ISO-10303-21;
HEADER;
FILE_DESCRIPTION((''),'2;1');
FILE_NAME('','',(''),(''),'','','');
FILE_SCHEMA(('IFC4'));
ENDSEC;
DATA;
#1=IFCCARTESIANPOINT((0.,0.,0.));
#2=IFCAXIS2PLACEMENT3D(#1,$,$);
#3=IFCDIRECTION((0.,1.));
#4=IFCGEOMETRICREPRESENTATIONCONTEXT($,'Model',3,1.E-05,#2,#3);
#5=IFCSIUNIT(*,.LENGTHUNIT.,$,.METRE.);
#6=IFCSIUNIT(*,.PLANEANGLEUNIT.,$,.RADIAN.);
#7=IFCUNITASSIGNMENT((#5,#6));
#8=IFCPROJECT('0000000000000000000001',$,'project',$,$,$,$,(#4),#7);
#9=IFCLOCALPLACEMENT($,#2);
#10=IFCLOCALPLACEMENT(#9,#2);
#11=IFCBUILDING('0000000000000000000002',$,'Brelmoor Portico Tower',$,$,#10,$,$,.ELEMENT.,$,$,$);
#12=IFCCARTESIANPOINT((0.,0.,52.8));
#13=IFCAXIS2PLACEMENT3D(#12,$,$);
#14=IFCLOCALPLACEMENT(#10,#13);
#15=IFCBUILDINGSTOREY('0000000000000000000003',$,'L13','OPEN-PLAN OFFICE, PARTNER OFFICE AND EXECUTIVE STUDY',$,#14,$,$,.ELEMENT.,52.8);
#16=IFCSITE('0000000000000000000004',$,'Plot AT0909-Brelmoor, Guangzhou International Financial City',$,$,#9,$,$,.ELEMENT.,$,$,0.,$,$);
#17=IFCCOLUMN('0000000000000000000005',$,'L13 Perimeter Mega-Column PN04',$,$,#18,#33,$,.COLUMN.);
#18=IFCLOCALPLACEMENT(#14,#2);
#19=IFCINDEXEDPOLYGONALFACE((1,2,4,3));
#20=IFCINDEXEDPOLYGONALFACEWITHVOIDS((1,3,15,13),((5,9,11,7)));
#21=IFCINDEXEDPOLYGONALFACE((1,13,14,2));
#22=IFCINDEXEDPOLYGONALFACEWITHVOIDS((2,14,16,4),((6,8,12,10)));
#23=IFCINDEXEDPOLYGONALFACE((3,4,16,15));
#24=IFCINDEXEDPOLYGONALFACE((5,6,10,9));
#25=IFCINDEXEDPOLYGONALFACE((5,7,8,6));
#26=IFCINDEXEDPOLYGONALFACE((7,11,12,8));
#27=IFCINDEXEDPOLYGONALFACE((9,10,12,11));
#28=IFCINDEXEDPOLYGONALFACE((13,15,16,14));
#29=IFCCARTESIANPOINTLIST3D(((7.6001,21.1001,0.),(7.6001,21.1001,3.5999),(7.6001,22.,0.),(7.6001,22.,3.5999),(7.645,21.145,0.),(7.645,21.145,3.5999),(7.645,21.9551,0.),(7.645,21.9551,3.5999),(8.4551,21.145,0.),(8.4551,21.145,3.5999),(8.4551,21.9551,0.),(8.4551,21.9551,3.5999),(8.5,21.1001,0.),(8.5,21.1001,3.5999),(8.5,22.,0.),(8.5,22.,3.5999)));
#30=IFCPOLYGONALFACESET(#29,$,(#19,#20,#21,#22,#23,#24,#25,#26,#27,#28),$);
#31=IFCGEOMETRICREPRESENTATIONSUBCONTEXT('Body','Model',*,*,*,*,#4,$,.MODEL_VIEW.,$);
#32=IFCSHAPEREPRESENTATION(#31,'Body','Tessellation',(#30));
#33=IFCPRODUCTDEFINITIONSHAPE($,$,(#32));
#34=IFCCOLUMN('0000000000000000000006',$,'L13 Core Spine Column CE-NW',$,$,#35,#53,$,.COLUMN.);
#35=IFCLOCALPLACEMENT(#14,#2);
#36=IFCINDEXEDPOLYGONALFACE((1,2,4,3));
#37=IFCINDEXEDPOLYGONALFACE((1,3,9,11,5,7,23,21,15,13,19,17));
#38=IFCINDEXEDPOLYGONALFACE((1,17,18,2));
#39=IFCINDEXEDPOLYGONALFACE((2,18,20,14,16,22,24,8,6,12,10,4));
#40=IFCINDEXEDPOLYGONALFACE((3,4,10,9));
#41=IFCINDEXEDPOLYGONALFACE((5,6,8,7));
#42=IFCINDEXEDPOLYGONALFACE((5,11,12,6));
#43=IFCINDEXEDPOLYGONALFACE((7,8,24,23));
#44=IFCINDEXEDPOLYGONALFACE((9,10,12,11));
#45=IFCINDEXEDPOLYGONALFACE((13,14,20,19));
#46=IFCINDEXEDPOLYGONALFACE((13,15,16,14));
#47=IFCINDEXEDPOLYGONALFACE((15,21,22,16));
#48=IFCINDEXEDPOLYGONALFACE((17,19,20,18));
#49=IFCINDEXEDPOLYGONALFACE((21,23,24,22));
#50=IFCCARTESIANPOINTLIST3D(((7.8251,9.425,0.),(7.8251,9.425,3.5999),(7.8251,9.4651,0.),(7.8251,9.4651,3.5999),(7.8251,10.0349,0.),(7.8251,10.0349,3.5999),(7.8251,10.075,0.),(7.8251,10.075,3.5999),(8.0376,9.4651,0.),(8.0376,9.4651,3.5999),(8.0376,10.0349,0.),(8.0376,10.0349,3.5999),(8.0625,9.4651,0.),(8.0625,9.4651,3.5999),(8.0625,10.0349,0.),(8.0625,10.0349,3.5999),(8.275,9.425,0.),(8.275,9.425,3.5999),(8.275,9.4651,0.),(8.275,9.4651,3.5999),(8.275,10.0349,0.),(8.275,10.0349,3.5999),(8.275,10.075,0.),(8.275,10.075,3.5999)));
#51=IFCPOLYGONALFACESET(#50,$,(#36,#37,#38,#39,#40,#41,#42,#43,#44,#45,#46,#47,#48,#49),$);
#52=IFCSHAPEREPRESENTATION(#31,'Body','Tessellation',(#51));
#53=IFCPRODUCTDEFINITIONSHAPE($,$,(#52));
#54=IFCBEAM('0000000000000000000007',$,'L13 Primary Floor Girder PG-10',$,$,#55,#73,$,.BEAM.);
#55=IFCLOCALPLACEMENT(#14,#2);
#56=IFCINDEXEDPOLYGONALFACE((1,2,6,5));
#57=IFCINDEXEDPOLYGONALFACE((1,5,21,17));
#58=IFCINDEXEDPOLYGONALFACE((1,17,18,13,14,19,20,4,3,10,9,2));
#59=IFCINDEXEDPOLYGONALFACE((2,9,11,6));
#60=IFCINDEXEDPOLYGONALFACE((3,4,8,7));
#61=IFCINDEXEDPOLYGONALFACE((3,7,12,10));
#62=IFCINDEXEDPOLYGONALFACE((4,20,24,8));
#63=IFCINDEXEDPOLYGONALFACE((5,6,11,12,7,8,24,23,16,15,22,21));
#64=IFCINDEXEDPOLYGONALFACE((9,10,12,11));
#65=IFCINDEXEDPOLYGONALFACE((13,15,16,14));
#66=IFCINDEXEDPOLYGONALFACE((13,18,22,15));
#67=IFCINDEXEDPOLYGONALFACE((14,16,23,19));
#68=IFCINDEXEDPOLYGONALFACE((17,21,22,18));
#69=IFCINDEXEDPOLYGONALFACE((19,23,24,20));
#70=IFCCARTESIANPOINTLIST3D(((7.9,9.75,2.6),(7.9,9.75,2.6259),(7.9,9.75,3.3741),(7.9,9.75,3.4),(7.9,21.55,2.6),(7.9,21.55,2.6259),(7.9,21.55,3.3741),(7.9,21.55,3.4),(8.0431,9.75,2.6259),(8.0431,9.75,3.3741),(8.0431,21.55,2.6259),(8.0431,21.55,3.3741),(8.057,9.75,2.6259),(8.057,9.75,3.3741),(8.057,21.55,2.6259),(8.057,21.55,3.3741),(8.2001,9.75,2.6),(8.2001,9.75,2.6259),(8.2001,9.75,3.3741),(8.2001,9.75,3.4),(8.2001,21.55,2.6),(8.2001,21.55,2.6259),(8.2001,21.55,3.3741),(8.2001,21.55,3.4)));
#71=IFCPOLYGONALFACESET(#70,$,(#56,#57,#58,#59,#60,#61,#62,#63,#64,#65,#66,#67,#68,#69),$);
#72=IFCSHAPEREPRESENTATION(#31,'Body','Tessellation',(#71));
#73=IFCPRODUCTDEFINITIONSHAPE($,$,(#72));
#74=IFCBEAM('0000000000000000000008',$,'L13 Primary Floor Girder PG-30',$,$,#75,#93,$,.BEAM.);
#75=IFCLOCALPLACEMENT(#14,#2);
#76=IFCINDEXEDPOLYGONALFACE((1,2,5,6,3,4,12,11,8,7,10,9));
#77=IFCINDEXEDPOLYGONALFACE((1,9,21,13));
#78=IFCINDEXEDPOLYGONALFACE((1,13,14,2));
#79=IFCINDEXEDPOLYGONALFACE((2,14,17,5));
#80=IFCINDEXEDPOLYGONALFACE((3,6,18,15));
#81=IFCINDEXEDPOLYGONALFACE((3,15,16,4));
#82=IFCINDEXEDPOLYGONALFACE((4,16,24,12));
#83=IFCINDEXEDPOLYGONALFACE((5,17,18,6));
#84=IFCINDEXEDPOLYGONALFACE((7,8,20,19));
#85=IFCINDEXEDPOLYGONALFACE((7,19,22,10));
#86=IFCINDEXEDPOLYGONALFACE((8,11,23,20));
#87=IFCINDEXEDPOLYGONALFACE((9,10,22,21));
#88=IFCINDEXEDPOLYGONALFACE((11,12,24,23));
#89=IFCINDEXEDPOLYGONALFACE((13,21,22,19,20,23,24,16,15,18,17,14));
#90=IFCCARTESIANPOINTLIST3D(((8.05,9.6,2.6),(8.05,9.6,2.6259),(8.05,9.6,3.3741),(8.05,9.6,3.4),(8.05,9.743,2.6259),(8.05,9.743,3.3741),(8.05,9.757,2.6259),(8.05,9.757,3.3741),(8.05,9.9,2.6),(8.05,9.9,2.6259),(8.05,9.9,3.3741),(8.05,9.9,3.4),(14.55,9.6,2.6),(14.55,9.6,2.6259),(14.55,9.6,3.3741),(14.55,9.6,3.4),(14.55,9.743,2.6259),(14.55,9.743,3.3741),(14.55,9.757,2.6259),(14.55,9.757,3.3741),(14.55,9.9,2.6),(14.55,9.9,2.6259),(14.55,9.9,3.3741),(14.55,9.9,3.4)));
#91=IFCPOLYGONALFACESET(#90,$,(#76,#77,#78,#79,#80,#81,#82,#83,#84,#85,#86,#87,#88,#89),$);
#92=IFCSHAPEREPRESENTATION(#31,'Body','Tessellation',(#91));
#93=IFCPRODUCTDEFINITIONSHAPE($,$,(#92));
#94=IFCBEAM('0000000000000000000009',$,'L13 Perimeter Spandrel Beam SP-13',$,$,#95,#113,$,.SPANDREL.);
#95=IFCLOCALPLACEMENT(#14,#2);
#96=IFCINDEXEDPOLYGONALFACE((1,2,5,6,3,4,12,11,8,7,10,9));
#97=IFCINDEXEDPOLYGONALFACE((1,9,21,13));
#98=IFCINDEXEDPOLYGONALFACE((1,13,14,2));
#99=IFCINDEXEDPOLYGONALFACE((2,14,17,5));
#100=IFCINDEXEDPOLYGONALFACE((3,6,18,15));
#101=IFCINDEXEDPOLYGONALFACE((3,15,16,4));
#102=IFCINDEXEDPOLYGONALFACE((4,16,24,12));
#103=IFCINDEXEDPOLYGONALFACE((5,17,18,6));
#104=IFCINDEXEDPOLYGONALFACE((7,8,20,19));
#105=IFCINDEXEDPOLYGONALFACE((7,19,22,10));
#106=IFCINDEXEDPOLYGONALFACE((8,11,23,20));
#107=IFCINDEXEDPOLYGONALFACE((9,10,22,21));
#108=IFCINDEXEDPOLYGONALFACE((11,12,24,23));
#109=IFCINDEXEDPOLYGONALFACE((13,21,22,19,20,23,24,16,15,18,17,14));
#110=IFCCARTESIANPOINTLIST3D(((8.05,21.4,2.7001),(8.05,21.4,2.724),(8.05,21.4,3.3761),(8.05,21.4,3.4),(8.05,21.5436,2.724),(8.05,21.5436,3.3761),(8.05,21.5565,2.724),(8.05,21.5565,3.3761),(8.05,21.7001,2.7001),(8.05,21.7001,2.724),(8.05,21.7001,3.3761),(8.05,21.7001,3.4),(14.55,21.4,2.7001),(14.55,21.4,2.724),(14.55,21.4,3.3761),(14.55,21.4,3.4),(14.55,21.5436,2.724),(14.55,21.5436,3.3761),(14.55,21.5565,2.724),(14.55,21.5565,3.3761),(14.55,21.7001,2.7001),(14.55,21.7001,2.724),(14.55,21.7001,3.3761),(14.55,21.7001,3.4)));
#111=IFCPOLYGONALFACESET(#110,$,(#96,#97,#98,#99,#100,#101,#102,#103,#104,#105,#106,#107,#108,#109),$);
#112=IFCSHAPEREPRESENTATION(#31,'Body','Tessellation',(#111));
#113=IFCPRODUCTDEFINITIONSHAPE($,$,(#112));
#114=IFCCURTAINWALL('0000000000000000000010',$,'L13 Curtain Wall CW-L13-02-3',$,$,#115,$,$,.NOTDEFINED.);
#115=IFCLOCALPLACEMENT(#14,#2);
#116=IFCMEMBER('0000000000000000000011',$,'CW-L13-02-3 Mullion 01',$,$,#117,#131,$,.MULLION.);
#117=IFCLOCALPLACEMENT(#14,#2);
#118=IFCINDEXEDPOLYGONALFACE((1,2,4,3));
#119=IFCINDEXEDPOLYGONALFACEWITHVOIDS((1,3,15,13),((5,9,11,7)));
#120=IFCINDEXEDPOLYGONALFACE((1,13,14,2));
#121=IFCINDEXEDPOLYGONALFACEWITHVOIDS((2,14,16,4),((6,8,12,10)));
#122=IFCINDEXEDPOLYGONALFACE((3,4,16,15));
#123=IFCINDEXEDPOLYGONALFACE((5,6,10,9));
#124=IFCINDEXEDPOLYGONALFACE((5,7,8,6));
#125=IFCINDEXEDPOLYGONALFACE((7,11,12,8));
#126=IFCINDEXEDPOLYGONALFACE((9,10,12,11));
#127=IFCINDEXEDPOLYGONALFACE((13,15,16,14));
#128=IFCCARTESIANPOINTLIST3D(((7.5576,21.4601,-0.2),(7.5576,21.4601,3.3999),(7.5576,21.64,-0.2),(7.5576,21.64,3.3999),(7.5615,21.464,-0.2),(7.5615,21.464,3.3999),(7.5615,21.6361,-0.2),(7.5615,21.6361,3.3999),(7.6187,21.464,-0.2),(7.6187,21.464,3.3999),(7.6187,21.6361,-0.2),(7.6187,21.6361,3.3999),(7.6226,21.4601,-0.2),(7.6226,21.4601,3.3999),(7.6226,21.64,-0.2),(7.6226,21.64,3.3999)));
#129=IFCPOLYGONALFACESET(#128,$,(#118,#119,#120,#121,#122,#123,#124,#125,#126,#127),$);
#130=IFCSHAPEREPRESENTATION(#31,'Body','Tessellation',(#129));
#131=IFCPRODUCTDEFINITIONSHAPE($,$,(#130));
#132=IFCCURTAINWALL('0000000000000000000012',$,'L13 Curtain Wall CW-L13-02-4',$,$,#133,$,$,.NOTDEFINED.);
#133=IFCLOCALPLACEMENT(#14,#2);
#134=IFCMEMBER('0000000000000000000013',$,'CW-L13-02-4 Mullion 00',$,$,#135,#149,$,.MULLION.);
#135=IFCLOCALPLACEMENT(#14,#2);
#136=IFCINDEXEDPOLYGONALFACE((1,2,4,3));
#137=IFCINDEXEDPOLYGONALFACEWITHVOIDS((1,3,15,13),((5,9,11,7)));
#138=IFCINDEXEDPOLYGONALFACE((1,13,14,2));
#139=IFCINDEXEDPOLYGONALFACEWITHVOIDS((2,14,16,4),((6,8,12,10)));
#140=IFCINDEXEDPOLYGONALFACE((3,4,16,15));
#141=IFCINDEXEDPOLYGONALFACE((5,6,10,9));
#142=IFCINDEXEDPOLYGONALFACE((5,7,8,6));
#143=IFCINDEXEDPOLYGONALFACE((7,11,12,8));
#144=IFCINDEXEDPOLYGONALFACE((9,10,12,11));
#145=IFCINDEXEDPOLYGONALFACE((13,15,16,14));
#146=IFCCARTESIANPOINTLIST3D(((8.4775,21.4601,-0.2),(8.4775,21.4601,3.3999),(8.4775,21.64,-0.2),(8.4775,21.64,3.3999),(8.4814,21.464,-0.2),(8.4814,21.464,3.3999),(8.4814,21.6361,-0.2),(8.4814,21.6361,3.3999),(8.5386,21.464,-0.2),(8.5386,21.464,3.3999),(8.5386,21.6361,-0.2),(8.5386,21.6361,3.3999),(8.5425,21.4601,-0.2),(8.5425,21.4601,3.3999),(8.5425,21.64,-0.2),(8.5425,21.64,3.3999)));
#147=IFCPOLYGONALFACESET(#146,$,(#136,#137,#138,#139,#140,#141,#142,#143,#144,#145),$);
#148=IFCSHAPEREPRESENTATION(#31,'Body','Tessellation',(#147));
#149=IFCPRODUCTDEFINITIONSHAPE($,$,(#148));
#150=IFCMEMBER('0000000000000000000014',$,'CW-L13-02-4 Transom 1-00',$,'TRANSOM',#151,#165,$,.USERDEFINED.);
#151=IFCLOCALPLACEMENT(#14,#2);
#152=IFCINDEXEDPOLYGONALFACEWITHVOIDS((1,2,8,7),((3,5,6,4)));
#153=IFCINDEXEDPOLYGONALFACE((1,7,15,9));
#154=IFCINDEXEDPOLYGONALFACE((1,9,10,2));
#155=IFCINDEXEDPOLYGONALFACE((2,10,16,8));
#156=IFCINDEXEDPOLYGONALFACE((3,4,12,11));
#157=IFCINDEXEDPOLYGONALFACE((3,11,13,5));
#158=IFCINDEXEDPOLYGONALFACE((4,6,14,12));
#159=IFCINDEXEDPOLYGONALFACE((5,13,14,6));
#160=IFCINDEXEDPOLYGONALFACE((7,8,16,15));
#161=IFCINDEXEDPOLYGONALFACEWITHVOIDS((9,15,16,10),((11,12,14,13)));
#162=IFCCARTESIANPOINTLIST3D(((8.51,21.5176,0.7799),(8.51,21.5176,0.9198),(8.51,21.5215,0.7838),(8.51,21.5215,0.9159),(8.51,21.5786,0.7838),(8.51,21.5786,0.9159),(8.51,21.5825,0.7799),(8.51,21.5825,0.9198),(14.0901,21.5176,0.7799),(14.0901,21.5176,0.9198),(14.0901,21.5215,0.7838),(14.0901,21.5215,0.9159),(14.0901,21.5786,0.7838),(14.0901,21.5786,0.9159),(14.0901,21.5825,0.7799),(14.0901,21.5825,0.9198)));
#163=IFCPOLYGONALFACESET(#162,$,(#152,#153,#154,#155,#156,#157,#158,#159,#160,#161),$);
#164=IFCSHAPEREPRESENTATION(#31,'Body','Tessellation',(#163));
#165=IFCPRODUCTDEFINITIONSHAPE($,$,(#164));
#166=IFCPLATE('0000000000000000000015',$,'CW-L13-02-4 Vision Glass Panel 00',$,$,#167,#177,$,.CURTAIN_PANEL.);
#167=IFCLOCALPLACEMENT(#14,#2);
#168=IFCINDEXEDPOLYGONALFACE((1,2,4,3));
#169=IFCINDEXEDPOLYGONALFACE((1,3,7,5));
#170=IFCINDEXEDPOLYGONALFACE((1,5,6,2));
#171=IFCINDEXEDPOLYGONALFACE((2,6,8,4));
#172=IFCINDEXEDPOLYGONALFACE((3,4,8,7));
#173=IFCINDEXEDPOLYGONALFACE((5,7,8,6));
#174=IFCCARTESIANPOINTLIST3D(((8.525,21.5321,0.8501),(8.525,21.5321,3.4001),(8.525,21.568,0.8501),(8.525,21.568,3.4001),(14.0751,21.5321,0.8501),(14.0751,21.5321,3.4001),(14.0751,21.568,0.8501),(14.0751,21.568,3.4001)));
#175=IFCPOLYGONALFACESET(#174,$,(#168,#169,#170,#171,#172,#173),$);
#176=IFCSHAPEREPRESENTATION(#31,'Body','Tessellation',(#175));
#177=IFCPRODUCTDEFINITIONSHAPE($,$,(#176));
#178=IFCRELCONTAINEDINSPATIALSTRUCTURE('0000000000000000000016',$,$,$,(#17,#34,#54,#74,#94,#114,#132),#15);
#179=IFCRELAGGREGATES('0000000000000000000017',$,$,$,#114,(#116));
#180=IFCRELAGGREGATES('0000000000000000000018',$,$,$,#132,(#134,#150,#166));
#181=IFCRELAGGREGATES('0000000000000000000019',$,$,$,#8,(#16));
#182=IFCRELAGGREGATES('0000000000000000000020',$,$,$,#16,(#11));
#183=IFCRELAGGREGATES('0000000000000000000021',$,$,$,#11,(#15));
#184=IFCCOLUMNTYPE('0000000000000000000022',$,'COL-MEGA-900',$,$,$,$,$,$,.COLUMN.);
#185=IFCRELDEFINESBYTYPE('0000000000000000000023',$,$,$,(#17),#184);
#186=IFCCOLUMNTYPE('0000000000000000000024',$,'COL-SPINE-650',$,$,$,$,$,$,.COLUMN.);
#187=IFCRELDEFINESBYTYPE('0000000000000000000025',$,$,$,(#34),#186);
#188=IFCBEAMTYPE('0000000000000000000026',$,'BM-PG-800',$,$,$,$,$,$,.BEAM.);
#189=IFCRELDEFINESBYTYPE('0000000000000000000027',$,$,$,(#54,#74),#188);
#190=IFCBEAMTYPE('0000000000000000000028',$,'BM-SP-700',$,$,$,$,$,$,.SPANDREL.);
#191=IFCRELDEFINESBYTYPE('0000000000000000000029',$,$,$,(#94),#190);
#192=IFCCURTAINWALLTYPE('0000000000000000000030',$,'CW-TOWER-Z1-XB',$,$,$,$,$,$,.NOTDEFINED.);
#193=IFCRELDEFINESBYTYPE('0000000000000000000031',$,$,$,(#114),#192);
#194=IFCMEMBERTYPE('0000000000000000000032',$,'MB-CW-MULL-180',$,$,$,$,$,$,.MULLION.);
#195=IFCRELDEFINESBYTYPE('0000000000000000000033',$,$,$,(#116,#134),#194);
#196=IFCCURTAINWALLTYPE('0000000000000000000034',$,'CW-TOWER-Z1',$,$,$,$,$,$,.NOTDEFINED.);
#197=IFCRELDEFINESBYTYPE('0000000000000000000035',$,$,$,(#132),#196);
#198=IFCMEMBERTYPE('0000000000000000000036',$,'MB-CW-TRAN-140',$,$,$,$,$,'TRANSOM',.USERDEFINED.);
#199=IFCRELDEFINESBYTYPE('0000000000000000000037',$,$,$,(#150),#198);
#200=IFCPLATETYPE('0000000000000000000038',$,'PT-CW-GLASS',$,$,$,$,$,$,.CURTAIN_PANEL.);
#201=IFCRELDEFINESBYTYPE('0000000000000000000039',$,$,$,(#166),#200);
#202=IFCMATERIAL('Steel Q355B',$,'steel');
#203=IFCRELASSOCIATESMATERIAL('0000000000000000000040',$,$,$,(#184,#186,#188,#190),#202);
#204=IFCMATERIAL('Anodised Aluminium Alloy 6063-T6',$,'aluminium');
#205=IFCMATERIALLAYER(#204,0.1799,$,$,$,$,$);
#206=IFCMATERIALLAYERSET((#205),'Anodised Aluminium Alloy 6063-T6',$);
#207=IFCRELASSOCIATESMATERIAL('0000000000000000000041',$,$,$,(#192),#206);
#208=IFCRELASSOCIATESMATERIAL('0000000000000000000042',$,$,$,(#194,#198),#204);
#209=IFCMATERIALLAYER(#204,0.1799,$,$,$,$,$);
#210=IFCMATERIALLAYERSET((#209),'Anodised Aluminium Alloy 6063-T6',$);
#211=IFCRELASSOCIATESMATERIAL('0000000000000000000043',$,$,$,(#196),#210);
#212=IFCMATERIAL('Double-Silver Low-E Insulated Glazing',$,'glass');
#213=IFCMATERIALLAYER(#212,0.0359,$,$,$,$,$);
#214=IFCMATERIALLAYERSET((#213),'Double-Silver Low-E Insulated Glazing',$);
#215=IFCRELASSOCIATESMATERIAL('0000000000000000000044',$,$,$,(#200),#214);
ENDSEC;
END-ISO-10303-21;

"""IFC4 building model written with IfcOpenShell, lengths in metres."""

from ifc_helpers import new_model, si_unit, direction, frame, origin, origin_2d, place, context, subcontext, project, spatial, rectangle, hollow_rectangle, i_section, extrude, material, layer, layer_set, material_profile, profile_set, type_object, element, aggregate, save


model = new_model("IFC4")

# Units and contexts
model_context = context("Model", 3, precision=1e-05, world=origin(), true_north=direction((0.0, 1.0)))
body_context = subcontext(model_context, "Body", "Model", "MODEL_VIEW")
ifc_project = project(units=[si_unit("LENGTHUNIT", "METRE"), si_unit("PLANEANGLEUNIT", "RADIAN")], contexts=[model_context])

# Site, building, storey
site_placement = place(None, origin())
site = spatial("IfcSite", under=ifc_project, at=site_placement, Name="Plot AT0909-Brelmoor, Guangzhou International Financial City", CompositionType="ELEMENT", RefElevation=0.0)
building_placement = place(site_placement, origin())
building = spatial("IfcBuilding", under=site, at=building_placement, Name="Brelmoor Portico Tower", CompositionType="ELEMENT")
storey_placement = place(building_placement, frame((0.0, 0.0, 52.8)))
storey = spatial("IfcBuildingStorey", under=building, at=storey_placement, Name="L13", Description="OPEN-PLAN OFFICE, PARTNER OFFICE AND EXECUTIVE STUDY", CompositionType="ELEMENT", Elevation=52.8)

# Columns
ifc_material_1 = material(Name="Steel Q355B", Category="steel")
ifc_material_profile_1 = material_profile(ifc_material_1, hollow_rectangle(XDim=0.8999, YDim=0.8999, WallThickness=0.0449, at=origin_2d()), Name="BOX 900x900x45")
ifc_profile_set_1 = profile_set([ifc_material_profile_1], Name="Steel Q355B")
column_type_1 = type_object("IfcColumnType", Name="COL-MEGA-900", PredefinedType="COLUMN", material=ifc_profile_set_1)
column_1_placement = place(storey_placement, frame((8.05, 21.55, 0.0), z_axis=(0.0, 0.0, 1.0), x_axis=(1.0, 0.0, 0.0)))
element("IfcColumn", 1, at=column_1_placement, inside=storey, type_object=column_type_1, Name="L13 Perimeter Mega-Column PN04", PredefinedType="COLUMN", context=body_context, shape_type="SweptSolid", body=[
    extrude(hollow_rectangle(XDim=0.8999, YDim=0.8999, WallThickness=0.0449, at=origin_2d()), origin(), (0.0, 0.0, 1.0), 3.5999),
])
ifc_material_profile_2 = material_profile(ifc_material_1, i_section(OverallWidth=0.45, OverallDepth=0.6499, WebThickness=0.0249, FlangeThickness=0.04, at=origin_2d()), Name="HW 650x450x25x40")
ifc_profile_set_2 = profile_set([ifc_material_profile_2], Name="Steel Q355B")
column_type_2 = type_object("IfcColumnType", Name="COL-SPINE-650", PredefinedType="COLUMN", material=ifc_profile_set_2)
column_2_placement = place(storey_placement, frame((8.05, 9.75, 0.0), z_axis=(0.0, 0.0, 1.0), x_axis=(1.0, 0.0, 0.0)))
element("IfcColumn", 2, at=column_2_placement, inside=storey, type_object=column_type_2, Name="L13 Core Spine Column CE-NW", PredefinedType="COLUMN", context=body_context, shape_type="SweptSolid", body=[
    extrude(i_section(OverallWidth=0.45, OverallDepth=0.6499, WebThickness=0.0249, FlangeThickness=0.04, at=origin_2d()), origin(), (0.0, 0.0, 1.0), 3.5999),
])

# Beams
ifc_material_profile_3 = material_profile(ifc_material_1, i_section(OverallWidth=0.3, OverallDepth=0.8, WebThickness=0.0139, FlangeThickness=0.0259, at=origin_2d()), Name="HN 800x300x14x26")
ifc_profile_set_3 = profile_set([ifc_material_profile_3], Name="Steel Q355B")
beam_type_1 = type_object("IfcBeamType", Name="BM-PG-800", PredefinedType="BEAM", material=ifc_profile_set_3)
beam_1_placement = place(storey_placement, frame((8.05, 9.75, 3.0), z_axis=(0.0, 1.0, 0.0), x_axis=(-1.0, 0.0, 0.0)))
element("IfcBeam", 3, at=beam_1_placement, inside=storey, type_object=beam_type_1, Name="L13 Primary Floor Girder PG-10", PredefinedType="BEAM", context=body_context, shape_type="SweptSolid", body=[
    extrude(i_section(OverallWidth=0.3, OverallDepth=0.8, WebThickness=0.0139, FlangeThickness=0.0259, at=origin_2d()), origin(), (0.0, 0.0, 1.0), 11.8),
])
beam_2_placement = place(storey_placement, frame((8.05, 9.75, 3.0), z_axis=(1.0, 0.0, 0.0), x_axis=(0.0, 1.0, 0.0)))
element("IfcBeam", 4, at=beam_2_placement, inside=storey, type_object=beam_type_1, Name="L13 Primary Floor Girder PG-30", PredefinedType="BEAM", context=body_context, shape_type="SweptSolid", body=[
    extrude(i_section(OverallWidth=0.3, OverallDepth=0.8, WebThickness=0.0139, FlangeThickness=0.0259, at=origin_2d()), origin(), (0.0, 0.0, 1.0), 6.5),
])
ifc_material_profile_4 = material_profile(ifc_material_1, i_section(OverallWidth=0.3, OverallDepth=0.7, WebThickness=0.0129, FlangeThickness=0.0239, at=origin_2d()), Name="HN 700x300x13x24")
ifc_profile_set_4 = profile_set([ifc_material_profile_4], Name="Steel Q355B")
beam_type_2 = type_object("IfcBeamType", Name="BM-SP-700", PredefinedType="SPANDREL", material=ifc_profile_set_4)
beam_3_placement = place(storey_placement, frame((8.05, 21.55, 3.05), z_axis=(1.0, 0.0, 0.0), x_axis=(0.0, 1.0, 0.0)))
element("IfcBeam", 5, at=beam_3_placement, inside=storey, type_object=beam_type_2, Name="L13 Perimeter Spandrel Beam SP-13", PredefinedType="SPANDREL", context=body_context, shape_type="SweptSolid", body=[
    extrude(i_section(OverallWidth=0.3, OverallDepth=0.7, WebThickness=0.0129, FlangeThickness=0.0239, at=origin_2d()), origin(), (0.0, 0.0, 1.0), 6.5),
])

# Curtain wall, member
ifc_material_2 = material(Name="Anodised Aluminium Alloy 6063-T6", Category="aluminium")
ifc_layer_1 = layer(ifc_material_2, 0.1799)
ifc_layer_set_1 = layer_set([ifc_layer_1], Name="Anodised Aluminium Alloy 6063-T6")
curtain_wall_type_1 = type_object("IfcCurtainWallType", Name="CW-TOWER-Z1-XB", PredefinedType="NOTDEFINED", material=ifc_layer_set_1)
curtain_wall_1_placement = place(storey_placement, origin())
curtain_wall_1 = element("IfcCurtainWall", 6, at=curtain_wall_1_placement, inside=storey, type_object=curtain_wall_type_1, Name="L13 Curtain Wall CW-L13-02-3", PredefinedType="NOTDEFINED")
ifc_material_profile_5 = material_profile(ifc_material_2, hollow_rectangle(XDim=0.0649, YDim=0.1799, WallThickness=0.0039, at=origin_2d()), Name="ALU MULLION 65x180")
ifc_profile_set_5 = profile_set([ifc_material_profile_5], Name="Anodised Aluminium Alloy 6063-T6")
member_type_1 = type_object("IfcMemberType", Name="MB-CW-MULL-180", PredefinedType="MULLION", material=ifc_profile_set_5)
member_1_placement = place(storey_placement, frame((7.5901, 21.55, -0.2), z_axis=(0.0, 0.0, 1.0), x_axis=(1.0, 0.0, 0.0)))
member_1 = element("IfcMember", 7, at=member_1_placement, type_object=member_type_1, Name="CW-L13-02-3 Mullion 01", PredefinedType="MULLION", context=body_context, shape_type="SweptSolid", body=[
    extrude(hollow_rectangle(XDim=0.0649, YDim=0.1799, WallThickness=0.0039, at=origin_2d()), origin(), (0.0, 0.0, 1.0), 3.5999),
])

# Curtain wall, members, plate
ifc_layer_2 = layer(ifc_material_2, 0.1799)
ifc_layer_set_2 = layer_set([ifc_layer_2], Name="Anodised Aluminium Alloy 6063-T6")
curtain_wall_type_2 = type_object("IfcCurtainWallType", Name="CW-TOWER-Z1", PredefinedType="NOTDEFINED", material=ifc_layer_set_2)
curtain_wall_2_placement = place(storey_placement, origin())
curtain_wall_2 = element("IfcCurtainWall", 8, at=curtain_wall_2_placement, inside=storey, type_object=curtain_wall_type_2, Name="L13 Curtain Wall CW-L13-02-4", PredefinedType="NOTDEFINED")
member_2_placement = place(storey_placement, frame((8.51, 21.55, -0.2), z_axis=(0.0, 0.0, 1.0), x_axis=(1.0, 0.0, 0.0)))
member_2 = element("IfcMember", 9, at=member_2_placement, type_object=member_type_1, Name="CW-L13-02-4 Mullion 00", PredefinedType="MULLION", context=body_context, shape_type="SweptSolid", body=[
    extrude(hollow_rectangle(XDim=0.0649, YDim=0.1799, WallThickness=0.0039, at=origin_2d()), origin(), (0.0, 0.0, 1.0), 3.5999),
])
ifc_material_profile_6 = material_profile(ifc_material_2, hollow_rectangle(XDim=0.0649, YDim=0.1399, WallThickness=0.0039, at=origin_2d()), Name="ALU TRANSOM 65x140")
ifc_profile_set_6 = profile_set([ifc_material_profile_6], Name="Anodised Aluminium Alloy 6063-T6")
member_type_2 = type_object("IfcMemberType", Name="MB-CW-TRAN-140", ElementType="TRANSOM", PredefinedType="USERDEFINED", material=ifc_profile_set_6)
member_3_placement = place(storey_placement, frame((8.51, 21.55, 0.8499), z_axis=(1.0, 0.0, 0.0), x_axis=(0.0, 1.0, 0.0)))
member_3 = element("IfcMember", 10, at=member_3_placement, type_object=member_type_2, Name="CW-L13-02-4 Transom 1-00", ObjectType="TRANSOM", PredefinedType="USERDEFINED", context=body_context, shape_type="SweptSolid", body=[
    extrude(hollow_rectangle(XDim=0.0649, YDim=0.1399, WallThickness=0.0039, at=origin_2d()), origin(), (0.0, 0.0, 1.0), 5.5801),
])
ifc_material_3 = material(Name="Double-Silver Low-E Insulated Glazing", Category="glass")
ifc_layer_3 = layer(ifc_material_3, 0.0359)
ifc_layer_set_3 = layer_set([ifc_layer_3], Name="Double-Silver Low-E Insulated Glazing")
plate_type_1 = type_object("IfcPlateType", Name="PT-CW-GLASS", PredefinedType="CURTAIN_PANEL", material=ifc_layer_set_3)
plate_1_placement = place(storey_placement, frame((11.3, 21.55, 0.8501), z_axis=(0.0, 0.0, 1.0), x_axis=(1.0, 0.0, 0.0)))
plate_1 = element("IfcPlate", 11, at=plate_1_placement, type_object=plate_type_1, Name="CW-L13-02-4 Vision Glass Panel 00", PredefinedType="CURTAIN_PANEL", context=body_context, shape_type="SweptSolid", body=[
    extrude(rectangle(XDim=5.55, YDim=0.0359, at=origin_2d()), origin(), (0.0, 0.0, 1.0), 2.55),
])

aggregate(curtain_wall_1, [member_1])
aggregate(curtain_wall_2, [member_2, member_3, plate_1])

save(model, "model.ifc")
